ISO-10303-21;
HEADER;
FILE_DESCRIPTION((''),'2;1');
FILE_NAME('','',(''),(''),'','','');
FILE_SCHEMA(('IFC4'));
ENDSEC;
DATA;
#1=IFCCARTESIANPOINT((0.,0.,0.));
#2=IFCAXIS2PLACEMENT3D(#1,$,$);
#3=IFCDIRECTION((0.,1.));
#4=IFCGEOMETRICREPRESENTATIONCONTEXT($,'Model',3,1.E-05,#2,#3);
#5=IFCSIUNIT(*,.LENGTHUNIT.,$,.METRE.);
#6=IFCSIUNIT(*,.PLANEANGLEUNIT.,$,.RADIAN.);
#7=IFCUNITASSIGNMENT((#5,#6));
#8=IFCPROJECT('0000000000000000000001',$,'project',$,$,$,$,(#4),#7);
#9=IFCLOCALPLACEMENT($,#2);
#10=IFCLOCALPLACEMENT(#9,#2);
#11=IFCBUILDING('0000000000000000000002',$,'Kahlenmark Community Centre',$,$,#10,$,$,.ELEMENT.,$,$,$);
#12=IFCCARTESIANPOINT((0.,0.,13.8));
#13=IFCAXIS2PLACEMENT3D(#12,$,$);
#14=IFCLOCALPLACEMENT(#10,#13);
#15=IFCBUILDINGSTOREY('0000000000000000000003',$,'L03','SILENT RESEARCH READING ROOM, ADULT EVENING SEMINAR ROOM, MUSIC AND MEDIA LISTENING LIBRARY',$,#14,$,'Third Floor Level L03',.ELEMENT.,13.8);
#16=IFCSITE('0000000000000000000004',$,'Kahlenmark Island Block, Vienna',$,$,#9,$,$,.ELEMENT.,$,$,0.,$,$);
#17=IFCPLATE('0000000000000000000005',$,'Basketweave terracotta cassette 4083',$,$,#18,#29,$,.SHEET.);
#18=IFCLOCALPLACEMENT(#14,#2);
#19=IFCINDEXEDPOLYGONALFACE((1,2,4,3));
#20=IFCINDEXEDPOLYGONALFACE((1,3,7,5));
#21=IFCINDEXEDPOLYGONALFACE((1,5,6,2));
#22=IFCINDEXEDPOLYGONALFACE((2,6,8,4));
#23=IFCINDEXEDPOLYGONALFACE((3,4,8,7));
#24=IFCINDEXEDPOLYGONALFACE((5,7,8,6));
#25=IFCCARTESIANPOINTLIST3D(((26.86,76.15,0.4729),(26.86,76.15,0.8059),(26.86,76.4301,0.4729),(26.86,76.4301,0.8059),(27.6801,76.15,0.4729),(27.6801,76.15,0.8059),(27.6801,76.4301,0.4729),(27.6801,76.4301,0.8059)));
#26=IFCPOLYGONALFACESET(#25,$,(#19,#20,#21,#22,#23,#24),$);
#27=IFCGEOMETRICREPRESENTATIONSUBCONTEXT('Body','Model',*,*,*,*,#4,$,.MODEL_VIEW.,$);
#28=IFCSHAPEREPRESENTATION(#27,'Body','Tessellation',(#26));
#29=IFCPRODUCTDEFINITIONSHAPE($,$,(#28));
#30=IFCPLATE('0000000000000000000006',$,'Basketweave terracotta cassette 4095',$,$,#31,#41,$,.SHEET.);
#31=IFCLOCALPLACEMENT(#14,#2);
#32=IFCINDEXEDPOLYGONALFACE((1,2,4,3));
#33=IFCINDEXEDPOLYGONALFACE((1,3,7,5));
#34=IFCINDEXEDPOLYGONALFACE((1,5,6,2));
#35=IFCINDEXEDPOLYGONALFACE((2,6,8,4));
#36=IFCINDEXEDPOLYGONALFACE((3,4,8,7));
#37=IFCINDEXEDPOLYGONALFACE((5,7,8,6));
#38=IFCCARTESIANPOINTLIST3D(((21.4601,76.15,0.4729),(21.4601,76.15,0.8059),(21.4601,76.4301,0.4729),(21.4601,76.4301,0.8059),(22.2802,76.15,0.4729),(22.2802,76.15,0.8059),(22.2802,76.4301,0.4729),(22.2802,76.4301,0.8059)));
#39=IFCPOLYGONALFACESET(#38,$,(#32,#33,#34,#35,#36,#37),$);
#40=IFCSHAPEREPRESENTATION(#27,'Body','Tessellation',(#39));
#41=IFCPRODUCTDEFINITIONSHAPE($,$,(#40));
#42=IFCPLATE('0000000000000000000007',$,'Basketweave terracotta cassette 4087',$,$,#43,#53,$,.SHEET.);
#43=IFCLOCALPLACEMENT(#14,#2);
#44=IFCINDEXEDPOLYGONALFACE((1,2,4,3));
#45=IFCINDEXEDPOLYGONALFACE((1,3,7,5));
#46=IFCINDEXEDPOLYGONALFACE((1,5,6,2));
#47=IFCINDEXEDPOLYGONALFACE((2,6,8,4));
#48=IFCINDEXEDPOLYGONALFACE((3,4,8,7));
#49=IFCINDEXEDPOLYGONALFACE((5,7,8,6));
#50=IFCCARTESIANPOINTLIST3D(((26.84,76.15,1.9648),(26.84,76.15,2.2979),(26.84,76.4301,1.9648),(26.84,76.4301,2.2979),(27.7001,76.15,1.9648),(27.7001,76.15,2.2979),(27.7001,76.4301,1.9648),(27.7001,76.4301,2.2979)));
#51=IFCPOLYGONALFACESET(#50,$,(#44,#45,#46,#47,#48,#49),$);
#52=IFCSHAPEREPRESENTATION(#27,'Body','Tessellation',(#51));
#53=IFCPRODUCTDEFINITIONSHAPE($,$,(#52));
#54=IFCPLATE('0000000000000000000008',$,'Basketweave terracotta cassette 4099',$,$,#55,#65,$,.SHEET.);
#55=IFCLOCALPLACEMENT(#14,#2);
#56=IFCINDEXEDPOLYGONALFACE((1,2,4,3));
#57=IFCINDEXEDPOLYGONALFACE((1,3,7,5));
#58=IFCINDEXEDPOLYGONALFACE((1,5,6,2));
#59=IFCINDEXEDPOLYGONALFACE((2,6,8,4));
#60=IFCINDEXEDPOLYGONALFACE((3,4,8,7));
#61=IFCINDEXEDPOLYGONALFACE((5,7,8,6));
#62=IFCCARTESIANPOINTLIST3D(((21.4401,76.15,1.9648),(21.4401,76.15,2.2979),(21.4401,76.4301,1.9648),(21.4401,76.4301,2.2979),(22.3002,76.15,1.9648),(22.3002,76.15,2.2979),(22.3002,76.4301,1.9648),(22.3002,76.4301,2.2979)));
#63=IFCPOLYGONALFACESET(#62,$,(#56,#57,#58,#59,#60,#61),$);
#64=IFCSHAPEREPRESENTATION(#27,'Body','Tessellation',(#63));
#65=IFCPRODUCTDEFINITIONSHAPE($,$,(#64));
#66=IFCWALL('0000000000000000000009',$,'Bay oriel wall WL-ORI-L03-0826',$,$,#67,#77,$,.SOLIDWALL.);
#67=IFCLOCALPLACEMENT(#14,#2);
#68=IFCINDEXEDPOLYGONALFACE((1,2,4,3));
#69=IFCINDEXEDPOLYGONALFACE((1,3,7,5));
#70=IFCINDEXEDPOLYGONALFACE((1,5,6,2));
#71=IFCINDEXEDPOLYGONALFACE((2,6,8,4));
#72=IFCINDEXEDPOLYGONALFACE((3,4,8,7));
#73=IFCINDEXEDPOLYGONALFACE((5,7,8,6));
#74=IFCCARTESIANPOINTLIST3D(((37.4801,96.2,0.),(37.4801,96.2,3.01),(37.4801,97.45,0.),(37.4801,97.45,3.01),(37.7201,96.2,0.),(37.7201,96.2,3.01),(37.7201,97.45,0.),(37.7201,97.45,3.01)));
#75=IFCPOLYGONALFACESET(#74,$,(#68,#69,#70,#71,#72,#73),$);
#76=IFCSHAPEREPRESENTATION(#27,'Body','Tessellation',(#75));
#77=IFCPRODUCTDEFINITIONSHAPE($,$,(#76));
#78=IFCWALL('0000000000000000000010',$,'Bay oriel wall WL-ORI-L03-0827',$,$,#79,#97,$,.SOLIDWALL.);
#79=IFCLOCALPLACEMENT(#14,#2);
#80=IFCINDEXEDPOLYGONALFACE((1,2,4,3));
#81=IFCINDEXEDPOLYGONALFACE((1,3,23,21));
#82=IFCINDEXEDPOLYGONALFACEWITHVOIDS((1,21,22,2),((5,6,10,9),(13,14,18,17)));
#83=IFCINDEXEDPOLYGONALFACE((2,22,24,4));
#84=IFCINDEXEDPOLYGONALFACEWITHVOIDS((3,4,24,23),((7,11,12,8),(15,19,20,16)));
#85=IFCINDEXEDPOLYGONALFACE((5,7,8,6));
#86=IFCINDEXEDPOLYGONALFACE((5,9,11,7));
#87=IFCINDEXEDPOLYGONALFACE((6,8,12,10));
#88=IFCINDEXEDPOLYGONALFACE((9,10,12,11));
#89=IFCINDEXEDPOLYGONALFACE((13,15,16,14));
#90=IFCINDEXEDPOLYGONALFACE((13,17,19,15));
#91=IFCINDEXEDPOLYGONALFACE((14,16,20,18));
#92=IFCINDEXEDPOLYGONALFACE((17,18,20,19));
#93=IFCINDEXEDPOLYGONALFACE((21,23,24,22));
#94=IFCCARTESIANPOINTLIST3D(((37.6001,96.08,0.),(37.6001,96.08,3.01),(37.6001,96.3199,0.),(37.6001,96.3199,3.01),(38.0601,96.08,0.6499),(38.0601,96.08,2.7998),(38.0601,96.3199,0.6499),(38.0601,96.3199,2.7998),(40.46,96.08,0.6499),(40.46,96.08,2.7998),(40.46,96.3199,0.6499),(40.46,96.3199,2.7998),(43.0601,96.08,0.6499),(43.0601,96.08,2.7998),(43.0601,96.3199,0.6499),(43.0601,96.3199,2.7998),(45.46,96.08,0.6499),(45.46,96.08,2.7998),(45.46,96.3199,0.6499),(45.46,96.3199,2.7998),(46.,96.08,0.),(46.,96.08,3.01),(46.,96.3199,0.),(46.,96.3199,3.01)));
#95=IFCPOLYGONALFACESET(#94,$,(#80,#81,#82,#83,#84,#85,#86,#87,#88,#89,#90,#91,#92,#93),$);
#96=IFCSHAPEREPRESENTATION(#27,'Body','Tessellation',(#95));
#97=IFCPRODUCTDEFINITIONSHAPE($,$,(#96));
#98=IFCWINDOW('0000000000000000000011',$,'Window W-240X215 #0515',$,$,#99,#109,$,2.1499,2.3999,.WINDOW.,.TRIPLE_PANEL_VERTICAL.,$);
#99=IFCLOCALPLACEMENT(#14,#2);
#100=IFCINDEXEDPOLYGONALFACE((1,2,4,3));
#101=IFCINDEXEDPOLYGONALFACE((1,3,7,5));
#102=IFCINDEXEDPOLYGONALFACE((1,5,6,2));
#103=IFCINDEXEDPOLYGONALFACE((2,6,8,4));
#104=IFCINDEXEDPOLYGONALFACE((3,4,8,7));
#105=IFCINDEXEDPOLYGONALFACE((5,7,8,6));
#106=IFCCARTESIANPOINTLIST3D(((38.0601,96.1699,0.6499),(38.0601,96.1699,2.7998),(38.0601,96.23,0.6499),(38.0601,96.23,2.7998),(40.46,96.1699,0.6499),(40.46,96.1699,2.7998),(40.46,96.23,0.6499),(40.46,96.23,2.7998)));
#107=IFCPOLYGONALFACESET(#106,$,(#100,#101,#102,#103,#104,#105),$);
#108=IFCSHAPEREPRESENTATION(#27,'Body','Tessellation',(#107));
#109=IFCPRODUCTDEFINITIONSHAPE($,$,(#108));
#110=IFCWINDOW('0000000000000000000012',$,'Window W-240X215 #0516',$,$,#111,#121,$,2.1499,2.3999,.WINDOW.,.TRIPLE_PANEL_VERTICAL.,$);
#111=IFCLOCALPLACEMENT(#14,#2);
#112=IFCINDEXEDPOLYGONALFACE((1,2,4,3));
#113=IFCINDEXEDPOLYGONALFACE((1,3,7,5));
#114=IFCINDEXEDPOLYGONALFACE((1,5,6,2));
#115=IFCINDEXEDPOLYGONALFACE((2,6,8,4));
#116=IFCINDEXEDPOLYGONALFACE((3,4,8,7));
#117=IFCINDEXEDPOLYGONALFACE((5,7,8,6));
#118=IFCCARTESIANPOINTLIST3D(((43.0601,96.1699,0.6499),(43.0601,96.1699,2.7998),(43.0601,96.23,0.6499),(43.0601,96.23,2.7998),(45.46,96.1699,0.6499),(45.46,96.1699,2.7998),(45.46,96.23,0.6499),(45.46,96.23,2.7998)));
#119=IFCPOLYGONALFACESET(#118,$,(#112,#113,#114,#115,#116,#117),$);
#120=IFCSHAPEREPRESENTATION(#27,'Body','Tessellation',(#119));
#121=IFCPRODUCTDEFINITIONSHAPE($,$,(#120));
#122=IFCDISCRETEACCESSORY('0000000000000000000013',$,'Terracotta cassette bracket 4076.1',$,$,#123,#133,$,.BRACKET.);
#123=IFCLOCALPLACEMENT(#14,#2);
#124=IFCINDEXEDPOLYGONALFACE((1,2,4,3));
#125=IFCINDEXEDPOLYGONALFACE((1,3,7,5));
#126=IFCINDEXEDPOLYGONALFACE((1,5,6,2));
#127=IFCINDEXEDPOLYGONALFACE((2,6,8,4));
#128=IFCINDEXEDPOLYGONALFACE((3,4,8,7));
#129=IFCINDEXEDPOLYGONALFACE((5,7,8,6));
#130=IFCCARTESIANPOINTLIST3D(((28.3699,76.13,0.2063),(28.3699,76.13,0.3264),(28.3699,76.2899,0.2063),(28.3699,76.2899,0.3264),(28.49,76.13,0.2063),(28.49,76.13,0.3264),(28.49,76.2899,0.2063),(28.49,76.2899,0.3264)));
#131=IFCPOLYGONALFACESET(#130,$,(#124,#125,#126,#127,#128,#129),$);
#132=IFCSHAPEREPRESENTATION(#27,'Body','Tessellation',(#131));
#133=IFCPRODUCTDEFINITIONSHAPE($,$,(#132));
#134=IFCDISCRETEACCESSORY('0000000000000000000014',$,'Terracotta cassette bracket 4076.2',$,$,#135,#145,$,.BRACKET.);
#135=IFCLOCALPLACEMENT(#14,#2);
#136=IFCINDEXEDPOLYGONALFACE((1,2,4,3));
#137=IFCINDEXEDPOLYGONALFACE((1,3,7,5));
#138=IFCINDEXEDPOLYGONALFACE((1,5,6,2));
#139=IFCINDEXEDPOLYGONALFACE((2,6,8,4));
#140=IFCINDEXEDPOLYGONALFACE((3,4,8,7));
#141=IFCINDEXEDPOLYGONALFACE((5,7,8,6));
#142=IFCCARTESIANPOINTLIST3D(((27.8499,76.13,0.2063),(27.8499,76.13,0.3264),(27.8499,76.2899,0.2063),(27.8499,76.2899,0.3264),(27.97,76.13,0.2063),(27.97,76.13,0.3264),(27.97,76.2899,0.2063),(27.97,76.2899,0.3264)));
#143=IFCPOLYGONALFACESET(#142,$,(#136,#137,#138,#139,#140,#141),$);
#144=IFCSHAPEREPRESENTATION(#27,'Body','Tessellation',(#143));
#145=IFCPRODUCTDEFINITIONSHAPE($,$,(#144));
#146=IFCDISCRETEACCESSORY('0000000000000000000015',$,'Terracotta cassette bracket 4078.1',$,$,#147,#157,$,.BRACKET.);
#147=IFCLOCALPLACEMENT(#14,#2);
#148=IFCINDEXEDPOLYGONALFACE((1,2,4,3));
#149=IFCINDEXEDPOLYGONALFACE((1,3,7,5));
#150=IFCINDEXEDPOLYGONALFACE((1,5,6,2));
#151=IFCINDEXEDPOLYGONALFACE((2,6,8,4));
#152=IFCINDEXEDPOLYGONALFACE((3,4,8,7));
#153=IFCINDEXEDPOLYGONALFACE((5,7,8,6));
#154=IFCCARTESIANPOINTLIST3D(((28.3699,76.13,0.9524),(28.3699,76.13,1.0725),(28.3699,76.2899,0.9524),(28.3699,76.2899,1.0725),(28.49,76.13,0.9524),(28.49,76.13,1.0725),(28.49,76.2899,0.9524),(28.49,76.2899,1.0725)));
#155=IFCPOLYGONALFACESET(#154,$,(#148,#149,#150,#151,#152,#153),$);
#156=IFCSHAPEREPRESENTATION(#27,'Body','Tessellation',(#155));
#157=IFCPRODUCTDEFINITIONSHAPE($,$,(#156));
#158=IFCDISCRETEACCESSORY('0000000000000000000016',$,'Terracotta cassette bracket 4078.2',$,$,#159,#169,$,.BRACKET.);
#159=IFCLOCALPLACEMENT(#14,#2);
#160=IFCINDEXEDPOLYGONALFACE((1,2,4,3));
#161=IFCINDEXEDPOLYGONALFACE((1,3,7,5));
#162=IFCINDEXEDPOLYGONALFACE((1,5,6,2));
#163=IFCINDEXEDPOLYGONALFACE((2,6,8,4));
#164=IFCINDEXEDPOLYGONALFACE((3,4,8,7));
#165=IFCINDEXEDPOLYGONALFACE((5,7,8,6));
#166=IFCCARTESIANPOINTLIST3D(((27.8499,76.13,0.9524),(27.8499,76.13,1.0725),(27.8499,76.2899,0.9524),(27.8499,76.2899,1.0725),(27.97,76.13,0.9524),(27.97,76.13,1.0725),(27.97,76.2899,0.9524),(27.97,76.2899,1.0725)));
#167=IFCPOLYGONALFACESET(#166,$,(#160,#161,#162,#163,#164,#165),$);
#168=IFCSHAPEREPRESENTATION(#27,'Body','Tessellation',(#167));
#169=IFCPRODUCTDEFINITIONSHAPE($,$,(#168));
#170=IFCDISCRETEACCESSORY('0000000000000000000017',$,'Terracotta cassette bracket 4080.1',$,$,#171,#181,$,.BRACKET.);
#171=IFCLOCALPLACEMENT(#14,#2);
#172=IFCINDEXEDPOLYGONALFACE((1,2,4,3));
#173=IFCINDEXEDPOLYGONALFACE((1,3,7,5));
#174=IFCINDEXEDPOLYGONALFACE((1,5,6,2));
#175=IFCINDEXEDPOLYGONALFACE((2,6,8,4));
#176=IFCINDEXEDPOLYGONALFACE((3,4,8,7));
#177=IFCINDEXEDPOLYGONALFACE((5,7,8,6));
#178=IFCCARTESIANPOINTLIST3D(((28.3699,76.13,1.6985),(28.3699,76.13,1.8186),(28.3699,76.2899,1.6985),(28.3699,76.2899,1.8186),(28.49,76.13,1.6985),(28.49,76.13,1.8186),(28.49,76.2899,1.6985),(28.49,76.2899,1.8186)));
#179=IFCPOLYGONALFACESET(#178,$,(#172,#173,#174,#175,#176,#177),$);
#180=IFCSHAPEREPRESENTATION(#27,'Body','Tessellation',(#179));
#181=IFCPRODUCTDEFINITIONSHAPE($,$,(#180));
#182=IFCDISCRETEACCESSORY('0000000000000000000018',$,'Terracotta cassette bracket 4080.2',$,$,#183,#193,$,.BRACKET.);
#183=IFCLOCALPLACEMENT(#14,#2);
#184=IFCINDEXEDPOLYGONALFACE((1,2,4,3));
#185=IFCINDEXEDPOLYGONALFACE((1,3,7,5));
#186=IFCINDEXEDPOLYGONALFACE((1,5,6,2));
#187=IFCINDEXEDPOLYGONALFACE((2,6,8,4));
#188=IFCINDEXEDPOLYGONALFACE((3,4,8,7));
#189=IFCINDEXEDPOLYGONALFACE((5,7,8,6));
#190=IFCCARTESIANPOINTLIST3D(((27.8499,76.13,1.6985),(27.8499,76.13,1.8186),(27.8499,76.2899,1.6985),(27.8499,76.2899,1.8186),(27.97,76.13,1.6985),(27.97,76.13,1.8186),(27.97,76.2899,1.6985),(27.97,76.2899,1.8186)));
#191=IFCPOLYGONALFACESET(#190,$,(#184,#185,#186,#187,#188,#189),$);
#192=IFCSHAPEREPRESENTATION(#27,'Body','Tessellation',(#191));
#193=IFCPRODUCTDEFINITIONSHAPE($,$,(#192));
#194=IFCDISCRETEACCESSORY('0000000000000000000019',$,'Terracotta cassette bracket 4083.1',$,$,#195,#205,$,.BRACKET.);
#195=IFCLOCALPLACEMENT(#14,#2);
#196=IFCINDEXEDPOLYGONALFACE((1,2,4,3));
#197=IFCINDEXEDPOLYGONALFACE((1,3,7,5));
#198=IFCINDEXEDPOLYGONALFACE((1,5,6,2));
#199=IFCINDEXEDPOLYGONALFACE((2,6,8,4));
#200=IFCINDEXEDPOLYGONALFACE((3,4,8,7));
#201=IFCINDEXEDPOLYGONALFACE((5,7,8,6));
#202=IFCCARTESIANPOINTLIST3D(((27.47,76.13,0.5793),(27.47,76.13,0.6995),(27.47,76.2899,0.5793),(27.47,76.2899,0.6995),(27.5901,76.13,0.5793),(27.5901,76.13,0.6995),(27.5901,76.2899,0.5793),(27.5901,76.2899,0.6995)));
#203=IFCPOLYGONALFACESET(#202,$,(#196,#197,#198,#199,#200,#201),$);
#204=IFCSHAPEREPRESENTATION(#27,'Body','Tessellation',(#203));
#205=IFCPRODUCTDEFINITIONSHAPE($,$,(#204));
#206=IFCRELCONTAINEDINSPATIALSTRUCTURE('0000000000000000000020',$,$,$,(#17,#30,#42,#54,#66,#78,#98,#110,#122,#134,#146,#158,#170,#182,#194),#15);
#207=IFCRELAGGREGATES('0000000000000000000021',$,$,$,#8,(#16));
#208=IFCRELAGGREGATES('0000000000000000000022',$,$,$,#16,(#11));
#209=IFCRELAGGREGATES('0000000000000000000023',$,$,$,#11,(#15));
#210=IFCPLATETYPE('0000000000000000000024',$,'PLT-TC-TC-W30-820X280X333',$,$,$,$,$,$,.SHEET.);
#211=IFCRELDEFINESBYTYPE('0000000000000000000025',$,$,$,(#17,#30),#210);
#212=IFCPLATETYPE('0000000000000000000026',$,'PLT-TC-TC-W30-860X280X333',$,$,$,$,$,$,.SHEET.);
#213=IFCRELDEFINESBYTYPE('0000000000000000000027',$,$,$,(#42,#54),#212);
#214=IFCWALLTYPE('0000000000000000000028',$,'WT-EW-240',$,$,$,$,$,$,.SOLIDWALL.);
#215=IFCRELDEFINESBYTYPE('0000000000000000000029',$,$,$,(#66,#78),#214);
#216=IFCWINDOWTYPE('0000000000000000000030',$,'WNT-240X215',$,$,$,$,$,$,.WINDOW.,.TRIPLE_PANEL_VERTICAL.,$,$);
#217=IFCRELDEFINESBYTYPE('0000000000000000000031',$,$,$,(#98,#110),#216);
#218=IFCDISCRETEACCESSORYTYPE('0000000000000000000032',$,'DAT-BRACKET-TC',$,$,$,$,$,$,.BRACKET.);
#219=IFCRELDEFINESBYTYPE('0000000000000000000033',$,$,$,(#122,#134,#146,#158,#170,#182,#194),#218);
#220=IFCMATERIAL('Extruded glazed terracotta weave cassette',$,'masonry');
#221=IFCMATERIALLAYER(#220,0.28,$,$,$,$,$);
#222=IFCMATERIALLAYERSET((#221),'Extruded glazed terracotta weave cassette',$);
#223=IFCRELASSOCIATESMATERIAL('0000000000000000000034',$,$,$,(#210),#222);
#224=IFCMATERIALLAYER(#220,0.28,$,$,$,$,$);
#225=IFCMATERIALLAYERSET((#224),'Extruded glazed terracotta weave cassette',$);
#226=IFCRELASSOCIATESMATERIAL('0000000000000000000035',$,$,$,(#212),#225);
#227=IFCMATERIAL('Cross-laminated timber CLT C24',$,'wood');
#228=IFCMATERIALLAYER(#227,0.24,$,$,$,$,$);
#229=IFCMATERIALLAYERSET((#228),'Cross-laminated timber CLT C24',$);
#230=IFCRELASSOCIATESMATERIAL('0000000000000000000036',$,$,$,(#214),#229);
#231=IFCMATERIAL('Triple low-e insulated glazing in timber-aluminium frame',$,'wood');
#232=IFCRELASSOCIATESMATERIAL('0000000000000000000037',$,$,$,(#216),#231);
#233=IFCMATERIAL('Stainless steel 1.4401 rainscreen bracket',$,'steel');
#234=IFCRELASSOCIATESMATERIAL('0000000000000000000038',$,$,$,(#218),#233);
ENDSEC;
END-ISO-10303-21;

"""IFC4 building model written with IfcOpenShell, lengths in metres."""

from ifc_helpers import new_model, si_unit, direction, frame, frame_2d, origin, origin_2d, place, context, subcontext, project, spatial, rectangle, extrude, material, layer, layer_set, type_object, element, fill, save


model = new_model("IFC4")

# Units and contexts
model_context = context("Model", 3, precision=1e-05, world=origin(), true_north=direction((0.0, 1.0)))
body_context = subcontext(model_context, "Body", "Model", "MODEL_VIEW")
ifc_project = project(units=[si_unit("LENGTHUNIT", "METRE"), si_unit("PLANEANGLEUNIT", "RADIAN")], contexts=[model_context])

# Site, building, storey
site_placement = place(None, origin())
site = spatial("IfcSite", under=ifc_project, at=site_placement, Name="Kahlenmark Island Block, Vienna", CompositionType="ELEMENT", RefElevation=0.0)
building_placement = place(site_placement, origin())
building = spatial("IfcBuilding", under=site, at=building_placement, Name="Kahlenmark Community Centre", CompositionType="ELEMENT")
storey_placement = place(building_placement, frame((0.0, 0.0, 13.8)))
storey = spatial("IfcBuildingStorey", under=building, at=storey_placement, Name="L03", Description="SILENT RESEARCH READING ROOM, ADULT EVENING SEMINAR ROOM, MUSIC AND MEDIA LISTENING LIBRARY", LongName="Third Floor Level L03", CompositionType="ELEMENT", Elevation=13.8)

# Plates
ifc_material_1 = material(Name="Extruded glazed terracotta weave cassette", Category="masonry")
ifc_layer_1 = layer(ifc_material_1, 0.28)
ifc_layer_set_1 = layer_set([ifc_layer_1], Name="Extruded glazed terracotta weave cassette")
plate_type_1 = type_object("IfcPlateType", Name="PLT-TC-TC-W30-820X280X333", PredefinedType="SHEET", material=ifc_layer_set_1)
for number, where, z_axis, x_axis, name in (
    (1, (27.27, 76.29, 0.4729), (0.0, 0.0, 1.0), (-1.0, 0.0, 0.0), "Basketweave terracotta cassette 4083"),
    (2, (21.8701, 76.29, 0.4729), (0.0, 0.0, 1.0), (-1.0, 0.0, 0.0), "Basketweave terracotta cassette 4095"),
):
    element("IfcPlate", number, at=place(storey_placement, frame(where, z_axis=z_axis, x_axis=x_axis)), inside=storey, type_object=plate_type_1, Name=name, PredefinedType="SHEET", context=body_context, shape_type="SweptSolid", body=[
        extrude(rectangle(XDim=0.8201, YDim=0.28, at=origin_2d()), origin(), (0.0, 0.0, 1.0), 0.333),
    ])
ifc_layer_2 = layer(ifc_material_1, 0.28)
ifc_layer_set_2 = layer_set([ifc_layer_2], Name="Extruded glazed terracotta weave cassette")
plate_type_2 = type_object("IfcPlateType", Name="PLT-TC-TC-W30-860X280X333", PredefinedType="SHEET", material=ifc_layer_set_2)
for number, where, z_axis, x_axis, name in (
    (3, (27.27, 76.29, 1.9648), (0.0, 0.0, 1.0), (-1.0, 0.0, 0.0), "Basketweave terracotta cassette 4087"),
    (4, (21.8701, 76.29, 1.9648), (0.0, 0.0, 1.0), (-1.0, 0.0, 0.0), "Basketweave terracotta cassette 4099"),
):
    element("IfcPlate", number, at=place(storey_placement, frame(where, z_axis=z_axis, x_axis=x_axis)), inside=storey, type_object=plate_type_2, Name=name, PredefinedType="SHEET", context=body_context, shape_type="SweptSolid", body=[
        extrude(rectangle(XDim=0.8601, YDim=0.28, at=origin_2d()), origin(), (0.0, 0.0, 1.0), 0.333),
    ])

# Wall
ifc_material_2 = material(Name="Cross-laminated timber CLT C24", Category="wood")
ifc_layer_3 = layer(ifc_material_2, 0.24)
ifc_layer_set_3 = layer_set([ifc_layer_3], Name="Cross-laminated timber CLT C24")
wall_type = type_object("IfcWallType", Name="WT-EW-240", PredefinedType="SOLIDWALL", material=ifc_layer_set_3)
wall_1_placement = place(storey_placement, frame((37.6001, 97.45, 0.0), z_axis=(0.0, 0.0, 1.0), x_axis=(0.0, -1.0, 0.0)))
element("IfcWall", 5, at=wall_1_placement, inside=storey, type_object=wall_type, Name="Bay oriel wall WL-ORI-L03-0826", PredefinedType="SOLIDWALL", context=body_context, shape_type="SweptSolid", body=[
    extrude(rectangle(XDim=1.25, YDim=0.24, at=frame_2d((0.625, 0.0))), origin(), (0.0, 0.0, 1.0), 3.01),
])

# Wall, openings, windows
wall_2_placement = place(storey_placement, frame((37.6001, 96.2, 0.0), z_axis=(0.0, 0.0, 1.0), x_axis=(1.0, 0.0, 0.0)))
wall_2 = element("IfcWall", 6, at=wall_2_placement, inside=storey, type_object=wall_type, Name="Bay oriel wall WL-ORI-L03-0827", PredefinedType="SOLIDWALL", context=body_context, shape_type="SweptSolid", body=[
    extrude(rectangle(XDim=8.3999, YDim=0.24, at=frame_2d((4.2, 0.0))), origin(), (0.0, 0.0, 1.0), 3.01),
])
opening_1_placement = place(wall_2_placement, frame((0.46, 0.0, 0.6499)))
opening_1 = element("IfcOpeningElement", 7, at=opening_1_placement, cuts=wall_2, PredefinedType="OPENING", context=body_context, shape_type="SweptSolid", body=[
    extrude(rectangle(XDim=2.3999, YDim=2.1499, at=frame_2d((1.2, 1.075))), frame((0.0, 0.1299, 0.0), z_axis=(0.0, -1.0, 0.0), x_axis=(1.0, 0.0, 0.0)), (0.0, 0.0, 1.0), 0.26),
])
opening_2_placement = place(wall_2_placement, frame((5.46, 0.0, 0.6499)))
opening_2 = element("IfcOpeningElement", 8, at=opening_2_placement, cuts=wall_2, PredefinedType="OPENING", context=body_context, shape_type="SweptSolid", body=[
    extrude(rectangle(XDim=2.3999, YDim=2.1499, at=frame_2d((1.2, 1.075))), frame((0.0, 0.1299, 0.0), z_axis=(0.0, -1.0, 0.0), x_axis=(1.0, 0.0, 0.0)), (0.0, 0.0, 1.0), 0.26),
])
ifc_material_3 = material(Name="Triple low-e insulated glazing in timber-aluminium frame", Category="wood")
window_type = type_object("IfcWindowType", Name="WNT-240X215", PartitioningType="TRIPLE_PANEL_VERTICAL", PredefinedType="WINDOW", material=ifc_material_3)
window_1_placement = place(opening_1_placement, origin())
window_1 = element("IfcWindow", 9, at=window_1_placement, inside=storey, type_object=window_type, Name="Window W-240X215 #0515", OverallHeight=2.1499, OverallWidth=2.3999, PartitioningType="TRIPLE_PANEL_VERTICAL", PredefinedType="WINDOW", context=body_context, shape_type="SweptSolid", body=[
    extrude(rectangle(XDim=2.3999, YDim=2.1499, at=frame_2d((1.2, 1.075))), frame((0.0, 0.03, 0.0), z_axis=(0.0, -1.0, 0.0), x_axis=(1.0, 0.0, 0.0)), (0.0, 0.0, 1.0), 0.0601),
])
fill(opening_1, window_1)
window_2_placement = place(opening_2_placement, origin())
window_2 = element("IfcWindow", 10, at=window_2_placement, inside=storey, type_object=window_type, Name="Window W-240X215 #0516", OverallHeight=2.1499, OverallWidth=2.3999, PartitioningType="TRIPLE_PANEL_VERTICAL", PredefinedType="WINDOW", context=body_context, shape_type="SweptSolid", body=[
    extrude(rectangle(XDim=2.3999, YDim=2.1499, at=frame_2d((1.2, 1.075))), frame((0.0, 0.03, 0.0), z_axis=(0.0, -1.0, 0.0), x_axis=(1.0, 0.0, 0.0)), (0.0, 0.0, 1.0), 0.0601),
])
fill(opening_2, window_2)

# Discrete accessories
ifc_material_4 = material(Name="Stainless steel 1.4401 rainscreen bracket", Category="steel")
discrete_accessory_type = type_object("IfcDiscreteAccessoryType", Name="DAT-BRACKET-TC", PredefinedType="BRACKET", material=ifc_material_4)
for number, where, z_axis, x_axis, name in (
    (11, (28.4299, 76.21, 0.2063), (0.0, 0.0, 1.0), (-1.0, 0.0, 0.0), "Terracotta cassette bracket 4076.1"),
    (12, (27.9099, 76.21, 0.2063), (0.0, 0.0, 1.0), (-1.0, 0.0, 0.0), "Terracotta cassette bracket 4076.2"),
    (13, (28.4299, 76.21, 0.9524), (0.0, 0.0, 1.0), (-1.0, 0.0, 0.0), "Terracotta cassette bracket 4078.1"),
    (14, (27.9099, 76.21, 0.9524), (0.0, 0.0, 1.0), (-1.0, 0.0, 0.0), "Terracotta cassette bracket 4078.2"),
    (15, (28.4299, 76.21, 1.6985), (0.0, 0.0, 1.0), (-1.0, 0.0, 0.0), "Terracotta cassette bracket 4080.1"),
    (16, (27.9099, 76.21, 1.6985), (0.0, 0.0, 1.0), (-1.0, 0.0, 0.0), "Terracotta cassette bracket 4080.2"),
    (17, (27.53, 76.21, 0.5793), (0.0, 0.0, 1.0), (-1.0, 0.0, 0.0), "Terracotta cassette bracket 4083.1"),
):
    element("IfcDiscreteAccessory", number, at=place(storey_placement, frame(where, z_axis=z_axis, x_axis=x_axis)), inside=storey, type_object=discrete_accessory_type, Name=name, PredefinedType="BRACKET", context=body_context, shape_type="SweptSolid", body=[
        extrude(rectangle(XDim=0.1201, YDim=0.1599, at=origin_2d()), origin(), (0.0, 0.0, 1.0), 0.1201),
    ])

save(model, "model.ifc")
